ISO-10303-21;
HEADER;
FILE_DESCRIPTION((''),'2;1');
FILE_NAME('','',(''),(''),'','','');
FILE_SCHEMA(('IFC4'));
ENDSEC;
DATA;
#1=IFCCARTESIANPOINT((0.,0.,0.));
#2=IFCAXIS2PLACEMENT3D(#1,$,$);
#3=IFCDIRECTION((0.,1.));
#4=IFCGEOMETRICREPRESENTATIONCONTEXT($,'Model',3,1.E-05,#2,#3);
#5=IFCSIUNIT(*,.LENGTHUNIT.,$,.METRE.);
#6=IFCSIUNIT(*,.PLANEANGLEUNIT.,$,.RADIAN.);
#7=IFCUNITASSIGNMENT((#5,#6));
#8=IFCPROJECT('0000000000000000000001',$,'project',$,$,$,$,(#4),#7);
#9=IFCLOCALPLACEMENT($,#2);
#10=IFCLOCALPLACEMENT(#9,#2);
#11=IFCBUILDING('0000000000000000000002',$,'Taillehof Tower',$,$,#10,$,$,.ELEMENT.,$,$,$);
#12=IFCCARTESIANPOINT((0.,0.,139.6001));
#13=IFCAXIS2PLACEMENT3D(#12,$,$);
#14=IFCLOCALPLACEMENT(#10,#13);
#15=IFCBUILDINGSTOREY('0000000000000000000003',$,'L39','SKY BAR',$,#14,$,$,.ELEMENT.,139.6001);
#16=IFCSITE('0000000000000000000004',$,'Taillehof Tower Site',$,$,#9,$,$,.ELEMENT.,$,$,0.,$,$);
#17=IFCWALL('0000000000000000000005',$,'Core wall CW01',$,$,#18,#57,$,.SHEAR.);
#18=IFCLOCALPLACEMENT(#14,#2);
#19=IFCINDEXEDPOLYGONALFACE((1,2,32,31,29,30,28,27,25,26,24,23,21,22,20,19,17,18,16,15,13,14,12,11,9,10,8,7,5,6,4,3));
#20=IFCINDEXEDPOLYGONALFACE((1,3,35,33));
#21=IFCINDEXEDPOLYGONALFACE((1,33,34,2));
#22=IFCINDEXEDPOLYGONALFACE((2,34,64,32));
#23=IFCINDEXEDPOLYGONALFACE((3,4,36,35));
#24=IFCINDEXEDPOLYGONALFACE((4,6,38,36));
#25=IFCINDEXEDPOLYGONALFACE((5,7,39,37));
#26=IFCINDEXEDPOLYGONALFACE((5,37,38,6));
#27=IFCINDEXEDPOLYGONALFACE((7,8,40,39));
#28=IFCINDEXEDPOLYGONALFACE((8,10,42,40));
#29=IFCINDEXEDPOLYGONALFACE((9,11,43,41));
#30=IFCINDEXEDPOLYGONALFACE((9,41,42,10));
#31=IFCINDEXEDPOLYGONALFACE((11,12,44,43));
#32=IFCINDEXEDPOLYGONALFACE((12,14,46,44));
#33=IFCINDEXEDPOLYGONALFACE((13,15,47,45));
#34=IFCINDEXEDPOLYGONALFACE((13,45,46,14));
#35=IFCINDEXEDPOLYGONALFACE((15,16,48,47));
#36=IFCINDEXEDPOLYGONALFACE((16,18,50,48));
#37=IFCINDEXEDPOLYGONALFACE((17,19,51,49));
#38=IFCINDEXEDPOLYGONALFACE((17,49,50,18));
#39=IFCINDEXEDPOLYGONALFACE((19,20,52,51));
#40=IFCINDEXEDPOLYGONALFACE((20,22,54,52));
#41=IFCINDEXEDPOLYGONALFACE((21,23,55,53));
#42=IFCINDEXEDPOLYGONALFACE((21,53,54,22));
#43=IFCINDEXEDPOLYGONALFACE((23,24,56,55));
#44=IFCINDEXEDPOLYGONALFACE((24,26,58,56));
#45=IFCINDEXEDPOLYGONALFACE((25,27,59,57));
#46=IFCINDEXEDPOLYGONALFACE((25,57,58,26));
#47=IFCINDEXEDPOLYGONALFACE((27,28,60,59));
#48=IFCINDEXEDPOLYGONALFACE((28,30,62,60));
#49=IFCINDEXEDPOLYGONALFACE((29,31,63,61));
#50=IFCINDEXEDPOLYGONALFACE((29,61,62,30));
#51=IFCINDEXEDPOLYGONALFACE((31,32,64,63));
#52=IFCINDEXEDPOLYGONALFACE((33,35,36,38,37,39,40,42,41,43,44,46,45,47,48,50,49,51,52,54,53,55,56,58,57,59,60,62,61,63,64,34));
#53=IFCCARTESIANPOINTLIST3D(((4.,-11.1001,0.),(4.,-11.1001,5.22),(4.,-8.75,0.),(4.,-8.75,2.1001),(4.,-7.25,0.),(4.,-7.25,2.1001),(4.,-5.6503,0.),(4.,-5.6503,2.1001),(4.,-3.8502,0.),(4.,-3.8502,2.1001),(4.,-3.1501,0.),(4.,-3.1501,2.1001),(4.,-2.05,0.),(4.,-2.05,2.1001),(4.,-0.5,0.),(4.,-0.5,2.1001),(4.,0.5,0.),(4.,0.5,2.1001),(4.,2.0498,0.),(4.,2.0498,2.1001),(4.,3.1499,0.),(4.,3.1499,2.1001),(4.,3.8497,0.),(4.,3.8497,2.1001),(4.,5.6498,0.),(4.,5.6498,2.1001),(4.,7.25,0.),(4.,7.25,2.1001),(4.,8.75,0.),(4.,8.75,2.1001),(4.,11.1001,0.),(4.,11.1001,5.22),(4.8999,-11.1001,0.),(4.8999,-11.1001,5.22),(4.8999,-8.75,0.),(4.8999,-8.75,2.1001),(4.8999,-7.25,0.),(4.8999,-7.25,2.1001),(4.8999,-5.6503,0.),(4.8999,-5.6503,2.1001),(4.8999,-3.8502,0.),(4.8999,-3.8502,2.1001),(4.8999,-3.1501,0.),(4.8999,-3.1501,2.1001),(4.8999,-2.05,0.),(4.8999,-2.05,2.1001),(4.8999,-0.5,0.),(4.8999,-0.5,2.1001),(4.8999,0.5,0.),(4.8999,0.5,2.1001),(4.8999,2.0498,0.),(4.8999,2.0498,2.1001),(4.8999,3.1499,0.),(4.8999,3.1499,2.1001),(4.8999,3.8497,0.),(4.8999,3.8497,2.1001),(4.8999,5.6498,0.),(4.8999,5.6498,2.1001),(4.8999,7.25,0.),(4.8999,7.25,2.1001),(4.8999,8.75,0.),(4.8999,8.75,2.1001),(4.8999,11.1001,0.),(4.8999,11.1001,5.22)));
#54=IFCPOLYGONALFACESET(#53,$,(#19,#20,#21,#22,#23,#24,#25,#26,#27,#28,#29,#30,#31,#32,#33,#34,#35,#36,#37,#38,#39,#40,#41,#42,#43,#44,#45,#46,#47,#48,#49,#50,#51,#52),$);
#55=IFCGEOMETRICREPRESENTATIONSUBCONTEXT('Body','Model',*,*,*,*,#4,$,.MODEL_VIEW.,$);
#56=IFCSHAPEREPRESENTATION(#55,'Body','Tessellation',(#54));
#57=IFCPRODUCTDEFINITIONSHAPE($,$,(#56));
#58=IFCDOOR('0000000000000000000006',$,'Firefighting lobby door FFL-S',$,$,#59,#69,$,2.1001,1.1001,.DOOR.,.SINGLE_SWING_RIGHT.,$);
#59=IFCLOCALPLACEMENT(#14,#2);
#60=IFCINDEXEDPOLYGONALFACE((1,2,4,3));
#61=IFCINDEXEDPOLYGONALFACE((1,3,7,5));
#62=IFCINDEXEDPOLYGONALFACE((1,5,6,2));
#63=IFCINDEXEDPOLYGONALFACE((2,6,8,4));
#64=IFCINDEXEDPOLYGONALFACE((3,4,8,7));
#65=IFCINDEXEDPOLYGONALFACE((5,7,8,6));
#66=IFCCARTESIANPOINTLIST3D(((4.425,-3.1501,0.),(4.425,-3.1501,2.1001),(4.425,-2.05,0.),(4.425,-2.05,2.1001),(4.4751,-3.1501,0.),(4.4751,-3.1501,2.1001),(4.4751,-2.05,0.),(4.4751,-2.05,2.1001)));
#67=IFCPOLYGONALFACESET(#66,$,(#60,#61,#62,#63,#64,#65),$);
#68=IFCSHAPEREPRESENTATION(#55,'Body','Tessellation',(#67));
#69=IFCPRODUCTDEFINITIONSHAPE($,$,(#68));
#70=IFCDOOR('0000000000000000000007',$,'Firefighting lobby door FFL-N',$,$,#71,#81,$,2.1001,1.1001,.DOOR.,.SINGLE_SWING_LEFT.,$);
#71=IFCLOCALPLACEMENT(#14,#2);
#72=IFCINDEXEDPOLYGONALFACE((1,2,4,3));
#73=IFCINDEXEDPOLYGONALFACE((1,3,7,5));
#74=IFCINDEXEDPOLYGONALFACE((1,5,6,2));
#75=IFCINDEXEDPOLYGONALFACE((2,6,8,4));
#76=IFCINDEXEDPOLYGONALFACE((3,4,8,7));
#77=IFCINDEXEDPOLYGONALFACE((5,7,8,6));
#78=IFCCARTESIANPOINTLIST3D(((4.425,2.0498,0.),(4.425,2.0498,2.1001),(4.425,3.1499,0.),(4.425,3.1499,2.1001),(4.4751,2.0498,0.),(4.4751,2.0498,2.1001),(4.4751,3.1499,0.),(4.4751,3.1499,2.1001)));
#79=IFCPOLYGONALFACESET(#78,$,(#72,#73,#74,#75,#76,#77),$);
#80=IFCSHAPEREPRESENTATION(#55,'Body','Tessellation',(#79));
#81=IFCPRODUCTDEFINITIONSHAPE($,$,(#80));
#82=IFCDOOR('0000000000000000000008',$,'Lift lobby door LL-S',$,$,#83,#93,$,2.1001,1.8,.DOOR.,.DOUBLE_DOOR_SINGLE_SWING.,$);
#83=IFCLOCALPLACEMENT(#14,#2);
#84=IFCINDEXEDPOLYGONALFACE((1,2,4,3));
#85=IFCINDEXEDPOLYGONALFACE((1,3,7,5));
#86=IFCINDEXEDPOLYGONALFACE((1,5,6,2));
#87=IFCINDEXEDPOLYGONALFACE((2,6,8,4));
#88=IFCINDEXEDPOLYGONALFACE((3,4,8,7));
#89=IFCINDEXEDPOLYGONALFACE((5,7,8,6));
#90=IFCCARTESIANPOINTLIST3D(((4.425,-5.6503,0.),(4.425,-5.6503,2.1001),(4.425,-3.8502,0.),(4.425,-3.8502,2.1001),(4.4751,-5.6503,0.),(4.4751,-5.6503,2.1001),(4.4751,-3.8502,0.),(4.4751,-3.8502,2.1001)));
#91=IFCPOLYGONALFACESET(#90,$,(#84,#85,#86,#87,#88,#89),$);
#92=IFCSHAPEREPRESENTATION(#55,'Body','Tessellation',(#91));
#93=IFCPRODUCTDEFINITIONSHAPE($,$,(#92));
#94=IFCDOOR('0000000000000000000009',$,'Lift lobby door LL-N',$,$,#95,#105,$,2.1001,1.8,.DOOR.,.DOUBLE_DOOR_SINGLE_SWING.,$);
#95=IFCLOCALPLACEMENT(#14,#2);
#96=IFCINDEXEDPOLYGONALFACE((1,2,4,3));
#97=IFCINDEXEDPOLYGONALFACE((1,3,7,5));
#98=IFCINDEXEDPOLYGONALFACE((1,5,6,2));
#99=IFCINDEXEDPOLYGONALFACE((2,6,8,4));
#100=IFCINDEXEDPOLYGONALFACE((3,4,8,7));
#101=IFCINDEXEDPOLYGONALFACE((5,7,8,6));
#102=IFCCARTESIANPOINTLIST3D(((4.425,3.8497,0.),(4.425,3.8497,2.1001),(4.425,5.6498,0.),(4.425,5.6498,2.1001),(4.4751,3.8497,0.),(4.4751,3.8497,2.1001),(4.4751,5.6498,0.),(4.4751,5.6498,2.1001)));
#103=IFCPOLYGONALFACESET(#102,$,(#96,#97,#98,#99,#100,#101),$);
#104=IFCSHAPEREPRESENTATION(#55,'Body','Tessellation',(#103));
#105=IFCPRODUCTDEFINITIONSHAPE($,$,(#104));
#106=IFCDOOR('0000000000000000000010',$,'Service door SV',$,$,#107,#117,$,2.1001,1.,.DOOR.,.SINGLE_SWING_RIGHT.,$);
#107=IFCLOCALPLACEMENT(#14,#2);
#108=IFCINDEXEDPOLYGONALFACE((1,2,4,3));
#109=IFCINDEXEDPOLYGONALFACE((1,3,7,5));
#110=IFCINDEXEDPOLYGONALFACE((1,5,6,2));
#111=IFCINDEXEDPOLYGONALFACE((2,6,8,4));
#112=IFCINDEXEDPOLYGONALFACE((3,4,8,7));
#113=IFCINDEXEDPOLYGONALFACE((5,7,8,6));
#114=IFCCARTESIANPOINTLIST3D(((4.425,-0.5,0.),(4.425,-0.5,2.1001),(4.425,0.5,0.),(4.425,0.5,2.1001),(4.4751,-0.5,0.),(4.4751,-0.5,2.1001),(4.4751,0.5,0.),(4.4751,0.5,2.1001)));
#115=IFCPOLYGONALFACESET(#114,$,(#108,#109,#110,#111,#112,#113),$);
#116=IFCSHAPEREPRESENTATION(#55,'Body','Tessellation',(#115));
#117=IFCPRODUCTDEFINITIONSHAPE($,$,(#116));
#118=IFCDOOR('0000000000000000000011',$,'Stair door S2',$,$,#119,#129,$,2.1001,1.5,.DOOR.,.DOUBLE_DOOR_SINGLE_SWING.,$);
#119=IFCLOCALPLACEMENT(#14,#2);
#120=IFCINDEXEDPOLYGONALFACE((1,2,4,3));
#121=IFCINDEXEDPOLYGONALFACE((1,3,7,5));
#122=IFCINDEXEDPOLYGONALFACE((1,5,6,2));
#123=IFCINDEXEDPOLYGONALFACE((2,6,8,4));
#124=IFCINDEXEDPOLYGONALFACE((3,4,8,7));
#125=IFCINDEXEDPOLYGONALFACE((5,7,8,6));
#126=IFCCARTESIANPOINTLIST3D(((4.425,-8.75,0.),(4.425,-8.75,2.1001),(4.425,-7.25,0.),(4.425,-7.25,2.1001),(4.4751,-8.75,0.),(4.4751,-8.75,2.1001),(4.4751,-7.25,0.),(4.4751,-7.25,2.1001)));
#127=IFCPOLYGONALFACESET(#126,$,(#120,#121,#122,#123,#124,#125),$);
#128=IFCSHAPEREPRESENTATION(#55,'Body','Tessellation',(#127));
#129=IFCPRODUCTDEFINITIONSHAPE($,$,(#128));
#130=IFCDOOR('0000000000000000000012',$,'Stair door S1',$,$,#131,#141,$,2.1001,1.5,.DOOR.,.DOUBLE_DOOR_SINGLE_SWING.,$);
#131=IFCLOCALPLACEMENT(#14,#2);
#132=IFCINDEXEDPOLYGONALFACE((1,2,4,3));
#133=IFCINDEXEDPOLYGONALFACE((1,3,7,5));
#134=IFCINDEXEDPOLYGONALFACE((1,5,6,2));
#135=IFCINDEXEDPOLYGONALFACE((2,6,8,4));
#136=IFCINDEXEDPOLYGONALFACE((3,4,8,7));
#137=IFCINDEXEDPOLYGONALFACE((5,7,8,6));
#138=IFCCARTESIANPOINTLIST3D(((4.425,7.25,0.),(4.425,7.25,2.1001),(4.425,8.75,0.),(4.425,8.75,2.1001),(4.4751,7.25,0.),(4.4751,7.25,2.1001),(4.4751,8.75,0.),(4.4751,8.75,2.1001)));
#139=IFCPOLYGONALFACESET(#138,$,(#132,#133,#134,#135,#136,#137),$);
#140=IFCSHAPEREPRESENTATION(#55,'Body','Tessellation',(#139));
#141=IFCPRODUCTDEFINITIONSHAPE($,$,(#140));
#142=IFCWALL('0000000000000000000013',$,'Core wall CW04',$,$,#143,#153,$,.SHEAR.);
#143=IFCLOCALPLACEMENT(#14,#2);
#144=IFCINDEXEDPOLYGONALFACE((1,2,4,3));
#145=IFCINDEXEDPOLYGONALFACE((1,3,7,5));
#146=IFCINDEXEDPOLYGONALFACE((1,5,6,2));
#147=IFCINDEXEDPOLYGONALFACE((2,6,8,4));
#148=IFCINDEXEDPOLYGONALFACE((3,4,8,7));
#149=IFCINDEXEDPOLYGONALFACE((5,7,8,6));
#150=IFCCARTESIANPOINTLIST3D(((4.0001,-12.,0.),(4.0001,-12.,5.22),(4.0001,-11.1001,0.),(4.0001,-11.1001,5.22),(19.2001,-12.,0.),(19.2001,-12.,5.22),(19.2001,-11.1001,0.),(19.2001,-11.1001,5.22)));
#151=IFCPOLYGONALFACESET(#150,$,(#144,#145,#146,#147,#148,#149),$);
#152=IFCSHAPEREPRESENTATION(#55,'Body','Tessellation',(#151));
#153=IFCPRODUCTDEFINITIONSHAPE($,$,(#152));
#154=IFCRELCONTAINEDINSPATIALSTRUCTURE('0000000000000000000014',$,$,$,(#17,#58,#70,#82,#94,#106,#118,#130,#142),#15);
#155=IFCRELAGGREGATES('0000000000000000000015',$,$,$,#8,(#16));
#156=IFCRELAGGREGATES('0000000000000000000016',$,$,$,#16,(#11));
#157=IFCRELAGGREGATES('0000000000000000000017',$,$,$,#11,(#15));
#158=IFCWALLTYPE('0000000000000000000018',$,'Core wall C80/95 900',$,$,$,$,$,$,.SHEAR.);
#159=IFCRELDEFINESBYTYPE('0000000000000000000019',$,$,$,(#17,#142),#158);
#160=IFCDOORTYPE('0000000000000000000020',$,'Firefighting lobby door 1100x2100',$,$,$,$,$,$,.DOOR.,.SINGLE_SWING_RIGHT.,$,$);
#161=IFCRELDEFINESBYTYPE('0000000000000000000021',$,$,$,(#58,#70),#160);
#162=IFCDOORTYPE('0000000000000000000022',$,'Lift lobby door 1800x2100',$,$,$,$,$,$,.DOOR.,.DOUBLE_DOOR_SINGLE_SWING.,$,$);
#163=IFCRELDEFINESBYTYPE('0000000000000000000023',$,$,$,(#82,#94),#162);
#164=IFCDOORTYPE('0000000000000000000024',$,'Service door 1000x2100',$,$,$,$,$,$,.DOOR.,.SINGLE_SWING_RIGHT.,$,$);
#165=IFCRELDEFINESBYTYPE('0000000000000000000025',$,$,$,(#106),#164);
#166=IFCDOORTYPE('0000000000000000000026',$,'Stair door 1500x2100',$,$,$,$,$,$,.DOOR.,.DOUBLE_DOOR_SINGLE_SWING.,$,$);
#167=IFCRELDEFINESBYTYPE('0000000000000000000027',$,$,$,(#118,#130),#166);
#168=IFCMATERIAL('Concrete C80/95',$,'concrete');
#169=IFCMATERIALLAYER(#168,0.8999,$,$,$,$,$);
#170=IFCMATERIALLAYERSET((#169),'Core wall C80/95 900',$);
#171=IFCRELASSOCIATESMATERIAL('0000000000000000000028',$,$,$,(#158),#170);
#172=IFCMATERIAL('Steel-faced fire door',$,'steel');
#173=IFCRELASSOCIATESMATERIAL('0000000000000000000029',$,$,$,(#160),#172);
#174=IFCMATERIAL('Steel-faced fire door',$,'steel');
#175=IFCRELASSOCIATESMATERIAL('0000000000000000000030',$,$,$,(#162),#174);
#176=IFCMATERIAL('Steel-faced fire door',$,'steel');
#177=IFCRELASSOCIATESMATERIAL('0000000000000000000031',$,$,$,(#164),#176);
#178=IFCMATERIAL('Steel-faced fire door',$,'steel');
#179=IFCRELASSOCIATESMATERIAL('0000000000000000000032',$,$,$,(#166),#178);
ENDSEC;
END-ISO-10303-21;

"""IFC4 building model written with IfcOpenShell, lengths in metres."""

from ifc_helpers import new_model, si_unit, direction, frame, frame_2d, origin, place, context, subcontext, project, spatial, rectangle, extrude, material, layer, layer_set, type_object, element, fill, save


model = new_model("IFC4")

# Units and contexts
model_context = context("Model", 3, precision=1e-05, world=origin(), true_north=direction((0.0, 1.0)))
body_context = subcontext(model_context, "Body", "Model", "MODEL_VIEW")
ifc_project = project(units=[si_unit("LENGTHUNIT", "METRE"), si_unit("PLANEANGLEUNIT", "RADIAN")], contexts=[model_context])

# Site, building, storey
site_placement = place(None, origin())
site = spatial("IfcSite", under=ifc_project, at=site_placement, Name="Taillehof Tower Site", CompositionType="ELEMENT", RefElevation=0.0)
building_placement = place(site_placement, origin())
building = spatial("IfcBuilding", under=site, at=building_placement, Name="Taillehof Tower", CompositionType="ELEMENT")
storey_placement = place(building_placement, frame((0.0, 0.0, 139.6001)))
storey = spatial("IfcBuildingStorey", under=building, at=storey_placement, Name="L39", Description="SKY BAR", CompositionType="ELEMENT", Elevation=139.6001)

# Wall, openings, doors
ifc_material_1 = material(Name="Concrete C80/95", Category="concrete")
ifc_layer_1 = layer(ifc_material_1, 0.8999)
ifc_layer_set_1 = layer_set([ifc_layer_1], Name="Core wall C80/95 900")
wall_type_1 = type_object("IfcWallType", Name="Core wall C80/95 900", PredefinedType="SHEAR", material=ifc_layer_set_1)
wall_1_placement = place(storey_placement, frame((4.45, -11.1001, 0.0), z_axis=(0.0, 0.0, 1.0), x_axis=(0.0, 1.0, 0.0)))
wall_1 = element("IfcWall", 1, at=wall_1_placement, inside=storey, type_object=wall_type_1, Name="Core wall CW01", PredefinedType="SHEAR", context=body_context, shape_type="SweptSolid", body=[
    extrude(rectangle(XDim=22.2002, YDim=0.8999, at=frame_2d((11.1001, 0.0))), origin(), (0.0, 0.0, 1.0), 5.22),
])
opening_1_placement = place(wall_1_placement, frame((2.3501, 0.0, 0.0)))
opening_1 = element("IfcOpeningElement", 2, at=opening_1_placement, cuts=wall_1, PredefinedType="OPENING", context=body_context, shape_type="SweptSolid", body=[
    extrude(rectangle(XDim=1.5, YDim=2.1001, at=frame_2d((0.75, 1.05))), frame((0.0, 0.46, 0.0), z_axis=(0.0, -1.0, 0.0), x_axis=(1.0, 0.0, 0.0)), (0.0, 0.0, 1.0), 0.9199),
])
opening_2_placement = place(wall_1_placement, frame((5.45, 0.0, 0.0)))
opening_2 = element("IfcOpeningElement", 3, at=opening_2_placement, cuts=wall_1, PredefinedType="OPENING", context=body_context, shape_type="SweptSolid", body=[
    extrude(rectangle(XDim=1.8, YDim=2.1001, at=frame_2d((0.8999, 1.05))), frame((0.0, 0.46, 0.0), z_axis=(0.0, -1.0, 0.0), x_axis=(1.0, 0.0, 0.0)), (0.0, 0.0, 1.0), 0.9199),
])
opening_3_placement = place(wall_1_placement, frame((7.95, 0.0, 0.0)))
opening_3 = element("IfcOpeningElement", 4, at=opening_3_placement, cuts=wall_1, PredefinedType="OPENING", context=body_context, shape_type="SweptSolid", body=[
    extrude(rectangle(XDim=1.1001, YDim=2.1001, at=frame_2d((0.55, 1.05))), frame((0.0, 0.46, 0.0), z_axis=(0.0, -1.0, 0.0), x_axis=(1.0, 0.0, 0.0)), (0.0, 0.0, 1.0), 0.9199),
])
opening_4_placement = place(wall_1_placement, frame((10.6001, 0.0, 0.0)))
opening_4 = element("IfcOpeningElement", 5, at=opening_4_placement, cuts=wall_1, PredefinedType="OPENING", context=body_context, shape_type="SweptSolid", body=[
    extrude(rectangle(XDim=1.0, YDim=2.1001, at=frame_2d((0.5, 1.05))), frame((0.0, 0.46, 0.0), z_axis=(0.0, -1.0, 0.0), x_axis=(1.0, 0.0, 0.0)), (0.0, 0.0, 1.0), 0.9199),
])
opening_5_placement = place(wall_1_placement, frame((13.1499, 0.0, 0.0)))
opening_5 = element("IfcOpeningElement", 6, at=opening_5_placement, cuts=wall_1, PredefinedType="OPENING", context=body_context, shape_type="SweptSolid", body=[
    extrude(rectangle(XDim=1.1001, YDim=2.1001, at=frame_2d((0.55, 1.05))), frame((0.0, 0.46, 0.0), z_axis=(0.0, -1.0, 0.0), x_axis=(1.0, 0.0, 0.0)), (0.0, 0.0, 1.0), 0.9199),
])
opening_6_placement = place(wall_1_placement, frame((14.95, 0.0, 0.0)))
opening_6 = element("IfcOpeningElement", 7, at=opening_6_placement, cuts=wall_1, PredefinedType="OPENING", context=body_context, shape_type="SweptSolid", body=[
    extrude(rectangle(XDim=1.8, YDim=2.1001, at=frame_2d((0.8999, 1.05))), frame((0.0, 0.46, 0.0), z_axis=(0.0, -1.0, 0.0), x_axis=(1.0, 0.0, 0.0)), (0.0, 0.0, 1.0), 0.9199),
])
opening_7_placement = place(wall_1_placement, frame((18.3501, 0.0, 0.0)))
opening_7 = element("IfcOpeningElement", 8, at=opening_7_placement, cuts=wall_1, PredefinedType="OPENING", context=body_context, shape_type="SweptSolid", body=[
    extrude(rectangle(XDim=1.5, YDim=2.1001, at=frame_2d((0.75, 1.05))), frame((0.0, 0.46, 0.0), z_axis=(0.0, -1.0, 0.0), x_axis=(1.0, 0.0, 0.0)), (0.0, 0.0, 1.0), 0.9199),
])
ifc_material_2 = material(Name="Steel-faced fire door", Category="steel")
door_type_1 = type_object("IfcDoorType", Name="Firefighting lobby door 1100x2100", OperationType="SINGLE_SWING_RIGHT", PredefinedType="DOOR", material=ifc_material_2)
door_1_placement = place(opening_3_placement, origin())
door_1 = element("IfcDoor", 9, at=door_1_placement, inside=storey, type_object=door_type_1, Name="Firefighting lobby door FFL-S", OperationType="SINGLE_SWING_RIGHT", OverallHeight=2.1001, OverallWidth=1.1001, PredefinedType="DOOR", context=body_context, shape_type="SweptSolid", body=[
    extrude(rectangle(XDim=1.1001, YDim=2.1001, at=frame_2d((0.55, 1.05))), frame((0.0, 0.0249, 0.0), z_axis=(0.0, -1.0, 0.0), x_axis=(1.0, 0.0, 0.0)), (0.0, 0.0, 1.0), 0.05),
])
fill(opening_3, door_1)
door_2_placement = place(opening_5_placement, origin())
door_2 = element("IfcDoor", 10, at=door_2_placement, inside=storey, type_object=door_type_1, Name="Firefighting lobby door FFL-N", OperationType="SINGLE_SWING_LEFT", OverallHeight=2.1001, OverallWidth=1.1001, PredefinedType="DOOR", context=body_context, shape_type="SweptSolid", body=[
    extrude(rectangle(XDim=1.1001, YDim=2.1001, at=frame_2d((0.55, 1.05))), frame((0.0, 0.0249, 0.0), z_axis=(0.0, -1.0, 0.0), x_axis=(1.0, 0.0, 0.0)), (0.0, 0.0, 1.0), 0.05),
])
fill(opening_5, door_2)
ifc_material_3 = material(Name="Steel-faced fire door", Category="steel")
door_type_2 = type_object("IfcDoorType", Name="Lift lobby door 1800x2100", OperationType="DOUBLE_DOOR_SINGLE_SWING", PredefinedType="DOOR", material=ifc_material_3)
door_3_placement = place(opening_2_placement, origin())
door_3 = element("IfcDoor", 11, at=door_3_placement, inside=storey, type_object=door_type_2, Name="Lift lobby door LL-S", OperationType="DOUBLE_DOOR_SINGLE_SWING", OverallHeight=2.1001, OverallWidth=1.8, PredefinedType="DOOR", context=body_context, shape_type="SweptSolid", body=[
    extrude(rectangle(XDim=1.8, YDim=2.1001, at=frame_2d((0.8999, 1.05))), frame((0.0, 0.0249, 0.0), z_axis=(0.0, -1.0, 0.0), x_axis=(1.0, 0.0, 0.0)), (0.0, 0.0, 1.0), 0.05),
])
fill(opening_2, door_3)
door_4_placement = place(opening_6_placement, origin())
door_4 = element("IfcDoor", 12, at=door_4_placement, inside=storey, type_object=door_type_2, Name="Lift lobby door LL-N", OperationType="DOUBLE_DOOR_SINGLE_SWING", OverallHeight=2.1001, OverallWidth=1.8, PredefinedType="DOOR", context=body_context, shape_type="SweptSolid", body=[
    extrude(rectangle(XDim=1.8, YDim=2.1001, at=frame_2d((0.8999, 1.05))), frame((0.0, 0.0249, 0.0), z_axis=(0.0, -1.0, 0.0), x_axis=(1.0, 0.0, 0.0)), (0.0, 0.0, 1.0), 0.05),
])
fill(opening_6, door_4)
ifc_material_4 = material(Name="Steel-faced fire door", Category="steel")
door_type_3 = type_object("IfcDoorType", Name="Service door 1000x2100", OperationType="SINGLE_SWING_RIGHT", PredefinedType="DOOR", material=ifc_material_4)
door_5_placement = place(opening_4_placement, origin())
door_5 = element("IfcDoor", 13, at=door_5_placement, inside=storey, type_object=door_type_3, Name="Service door SV", OperationType="SINGLE_SWING_RIGHT", OverallHeight=2.1001, OverallWidth=1.0, PredefinedType="DOOR", context=body_context, shape_type="SweptSolid", body=[
    extrude(rectangle(XDim=1.0, YDim=2.1001, at=frame_2d((0.5, 1.05))), frame((0.0, 0.0249, 0.0), z_axis=(0.0, -1.0, 0.0), x_axis=(1.0, 0.0, 0.0)), (0.0, 0.0, 1.0), 0.05),
])
fill(opening_4, door_5)
ifc_material_5 = material(Name="Steel-faced fire door", Category="steel")
door_type_4 = type_object("IfcDoorType", Name="Stair door 1500x2100", OperationType="DOUBLE_DOOR_SINGLE_SWING", PredefinedType="DOOR", material=ifc_material_5)
door_6_placement = place(opening_1_placement, origin())
door_6 = element("IfcDoor", 14, at=door_6_placement, inside=storey, type_object=door_type_4, Name="Stair door S2", OperationType="DOUBLE_DOOR_SINGLE_SWING", OverallHeight=2.1001, OverallWidth=1.5, PredefinedType="DOOR", context=body_context, shape_type="SweptSolid", body=[
    extrude(rectangle(XDim=1.5, YDim=2.1001, at=frame_2d((0.75, 1.05))), frame((0.0, 0.0249, 0.0), z_axis=(0.0, -1.0, 0.0), x_axis=(1.0, 0.0, 0.0)), (0.0, 0.0, 1.0), 0.05),
])
fill(opening_1, door_6)
door_7_placement = place(opening_7_placement, origin())
door_7 = element("IfcDoor", 15, at=door_7_placement, inside=storey, type_object=door_type_4, Name="Stair door S1", OperationType="DOUBLE_DOOR_SINGLE_SWING", OverallHeight=2.1001, OverallWidth=1.5, PredefinedType="DOOR", context=body_context, shape_type="SweptSolid", body=[
    extrude(rectangle(XDim=1.5, YDim=2.1001, at=frame_2d((0.75, 1.05))), frame((0.0, 0.0249, 0.0), z_axis=(0.0, -1.0, 0.0), x_axis=(1.0, 0.0, 0.0)), (0.0, 0.0, 1.0), 0.05),
])
fill(opening_7, door_7)

# Wall
wall_2_placement = place(storey_placement, frame((4.0, -11.55, 0.0), z_axis=(0.0, 0.0, 1.0), x_axis=(1.0, 0.0, 0.0)))
element("IfcWall", 16, at=wall_2_placement, inside=storey, type_object=wall_type_1, Name="Core wall CW04", PredefinedType="SHEAR", context=body_context, shape_type="SweptSolid", body=[
    extrude(rectangle(XDim=15.2, YDim=0.8999, at=frame_2d((7.6001, 0.0))), origin(), (0.0, 0.0, 1.0), 5.22),
])

save(model, "model.ifc")
